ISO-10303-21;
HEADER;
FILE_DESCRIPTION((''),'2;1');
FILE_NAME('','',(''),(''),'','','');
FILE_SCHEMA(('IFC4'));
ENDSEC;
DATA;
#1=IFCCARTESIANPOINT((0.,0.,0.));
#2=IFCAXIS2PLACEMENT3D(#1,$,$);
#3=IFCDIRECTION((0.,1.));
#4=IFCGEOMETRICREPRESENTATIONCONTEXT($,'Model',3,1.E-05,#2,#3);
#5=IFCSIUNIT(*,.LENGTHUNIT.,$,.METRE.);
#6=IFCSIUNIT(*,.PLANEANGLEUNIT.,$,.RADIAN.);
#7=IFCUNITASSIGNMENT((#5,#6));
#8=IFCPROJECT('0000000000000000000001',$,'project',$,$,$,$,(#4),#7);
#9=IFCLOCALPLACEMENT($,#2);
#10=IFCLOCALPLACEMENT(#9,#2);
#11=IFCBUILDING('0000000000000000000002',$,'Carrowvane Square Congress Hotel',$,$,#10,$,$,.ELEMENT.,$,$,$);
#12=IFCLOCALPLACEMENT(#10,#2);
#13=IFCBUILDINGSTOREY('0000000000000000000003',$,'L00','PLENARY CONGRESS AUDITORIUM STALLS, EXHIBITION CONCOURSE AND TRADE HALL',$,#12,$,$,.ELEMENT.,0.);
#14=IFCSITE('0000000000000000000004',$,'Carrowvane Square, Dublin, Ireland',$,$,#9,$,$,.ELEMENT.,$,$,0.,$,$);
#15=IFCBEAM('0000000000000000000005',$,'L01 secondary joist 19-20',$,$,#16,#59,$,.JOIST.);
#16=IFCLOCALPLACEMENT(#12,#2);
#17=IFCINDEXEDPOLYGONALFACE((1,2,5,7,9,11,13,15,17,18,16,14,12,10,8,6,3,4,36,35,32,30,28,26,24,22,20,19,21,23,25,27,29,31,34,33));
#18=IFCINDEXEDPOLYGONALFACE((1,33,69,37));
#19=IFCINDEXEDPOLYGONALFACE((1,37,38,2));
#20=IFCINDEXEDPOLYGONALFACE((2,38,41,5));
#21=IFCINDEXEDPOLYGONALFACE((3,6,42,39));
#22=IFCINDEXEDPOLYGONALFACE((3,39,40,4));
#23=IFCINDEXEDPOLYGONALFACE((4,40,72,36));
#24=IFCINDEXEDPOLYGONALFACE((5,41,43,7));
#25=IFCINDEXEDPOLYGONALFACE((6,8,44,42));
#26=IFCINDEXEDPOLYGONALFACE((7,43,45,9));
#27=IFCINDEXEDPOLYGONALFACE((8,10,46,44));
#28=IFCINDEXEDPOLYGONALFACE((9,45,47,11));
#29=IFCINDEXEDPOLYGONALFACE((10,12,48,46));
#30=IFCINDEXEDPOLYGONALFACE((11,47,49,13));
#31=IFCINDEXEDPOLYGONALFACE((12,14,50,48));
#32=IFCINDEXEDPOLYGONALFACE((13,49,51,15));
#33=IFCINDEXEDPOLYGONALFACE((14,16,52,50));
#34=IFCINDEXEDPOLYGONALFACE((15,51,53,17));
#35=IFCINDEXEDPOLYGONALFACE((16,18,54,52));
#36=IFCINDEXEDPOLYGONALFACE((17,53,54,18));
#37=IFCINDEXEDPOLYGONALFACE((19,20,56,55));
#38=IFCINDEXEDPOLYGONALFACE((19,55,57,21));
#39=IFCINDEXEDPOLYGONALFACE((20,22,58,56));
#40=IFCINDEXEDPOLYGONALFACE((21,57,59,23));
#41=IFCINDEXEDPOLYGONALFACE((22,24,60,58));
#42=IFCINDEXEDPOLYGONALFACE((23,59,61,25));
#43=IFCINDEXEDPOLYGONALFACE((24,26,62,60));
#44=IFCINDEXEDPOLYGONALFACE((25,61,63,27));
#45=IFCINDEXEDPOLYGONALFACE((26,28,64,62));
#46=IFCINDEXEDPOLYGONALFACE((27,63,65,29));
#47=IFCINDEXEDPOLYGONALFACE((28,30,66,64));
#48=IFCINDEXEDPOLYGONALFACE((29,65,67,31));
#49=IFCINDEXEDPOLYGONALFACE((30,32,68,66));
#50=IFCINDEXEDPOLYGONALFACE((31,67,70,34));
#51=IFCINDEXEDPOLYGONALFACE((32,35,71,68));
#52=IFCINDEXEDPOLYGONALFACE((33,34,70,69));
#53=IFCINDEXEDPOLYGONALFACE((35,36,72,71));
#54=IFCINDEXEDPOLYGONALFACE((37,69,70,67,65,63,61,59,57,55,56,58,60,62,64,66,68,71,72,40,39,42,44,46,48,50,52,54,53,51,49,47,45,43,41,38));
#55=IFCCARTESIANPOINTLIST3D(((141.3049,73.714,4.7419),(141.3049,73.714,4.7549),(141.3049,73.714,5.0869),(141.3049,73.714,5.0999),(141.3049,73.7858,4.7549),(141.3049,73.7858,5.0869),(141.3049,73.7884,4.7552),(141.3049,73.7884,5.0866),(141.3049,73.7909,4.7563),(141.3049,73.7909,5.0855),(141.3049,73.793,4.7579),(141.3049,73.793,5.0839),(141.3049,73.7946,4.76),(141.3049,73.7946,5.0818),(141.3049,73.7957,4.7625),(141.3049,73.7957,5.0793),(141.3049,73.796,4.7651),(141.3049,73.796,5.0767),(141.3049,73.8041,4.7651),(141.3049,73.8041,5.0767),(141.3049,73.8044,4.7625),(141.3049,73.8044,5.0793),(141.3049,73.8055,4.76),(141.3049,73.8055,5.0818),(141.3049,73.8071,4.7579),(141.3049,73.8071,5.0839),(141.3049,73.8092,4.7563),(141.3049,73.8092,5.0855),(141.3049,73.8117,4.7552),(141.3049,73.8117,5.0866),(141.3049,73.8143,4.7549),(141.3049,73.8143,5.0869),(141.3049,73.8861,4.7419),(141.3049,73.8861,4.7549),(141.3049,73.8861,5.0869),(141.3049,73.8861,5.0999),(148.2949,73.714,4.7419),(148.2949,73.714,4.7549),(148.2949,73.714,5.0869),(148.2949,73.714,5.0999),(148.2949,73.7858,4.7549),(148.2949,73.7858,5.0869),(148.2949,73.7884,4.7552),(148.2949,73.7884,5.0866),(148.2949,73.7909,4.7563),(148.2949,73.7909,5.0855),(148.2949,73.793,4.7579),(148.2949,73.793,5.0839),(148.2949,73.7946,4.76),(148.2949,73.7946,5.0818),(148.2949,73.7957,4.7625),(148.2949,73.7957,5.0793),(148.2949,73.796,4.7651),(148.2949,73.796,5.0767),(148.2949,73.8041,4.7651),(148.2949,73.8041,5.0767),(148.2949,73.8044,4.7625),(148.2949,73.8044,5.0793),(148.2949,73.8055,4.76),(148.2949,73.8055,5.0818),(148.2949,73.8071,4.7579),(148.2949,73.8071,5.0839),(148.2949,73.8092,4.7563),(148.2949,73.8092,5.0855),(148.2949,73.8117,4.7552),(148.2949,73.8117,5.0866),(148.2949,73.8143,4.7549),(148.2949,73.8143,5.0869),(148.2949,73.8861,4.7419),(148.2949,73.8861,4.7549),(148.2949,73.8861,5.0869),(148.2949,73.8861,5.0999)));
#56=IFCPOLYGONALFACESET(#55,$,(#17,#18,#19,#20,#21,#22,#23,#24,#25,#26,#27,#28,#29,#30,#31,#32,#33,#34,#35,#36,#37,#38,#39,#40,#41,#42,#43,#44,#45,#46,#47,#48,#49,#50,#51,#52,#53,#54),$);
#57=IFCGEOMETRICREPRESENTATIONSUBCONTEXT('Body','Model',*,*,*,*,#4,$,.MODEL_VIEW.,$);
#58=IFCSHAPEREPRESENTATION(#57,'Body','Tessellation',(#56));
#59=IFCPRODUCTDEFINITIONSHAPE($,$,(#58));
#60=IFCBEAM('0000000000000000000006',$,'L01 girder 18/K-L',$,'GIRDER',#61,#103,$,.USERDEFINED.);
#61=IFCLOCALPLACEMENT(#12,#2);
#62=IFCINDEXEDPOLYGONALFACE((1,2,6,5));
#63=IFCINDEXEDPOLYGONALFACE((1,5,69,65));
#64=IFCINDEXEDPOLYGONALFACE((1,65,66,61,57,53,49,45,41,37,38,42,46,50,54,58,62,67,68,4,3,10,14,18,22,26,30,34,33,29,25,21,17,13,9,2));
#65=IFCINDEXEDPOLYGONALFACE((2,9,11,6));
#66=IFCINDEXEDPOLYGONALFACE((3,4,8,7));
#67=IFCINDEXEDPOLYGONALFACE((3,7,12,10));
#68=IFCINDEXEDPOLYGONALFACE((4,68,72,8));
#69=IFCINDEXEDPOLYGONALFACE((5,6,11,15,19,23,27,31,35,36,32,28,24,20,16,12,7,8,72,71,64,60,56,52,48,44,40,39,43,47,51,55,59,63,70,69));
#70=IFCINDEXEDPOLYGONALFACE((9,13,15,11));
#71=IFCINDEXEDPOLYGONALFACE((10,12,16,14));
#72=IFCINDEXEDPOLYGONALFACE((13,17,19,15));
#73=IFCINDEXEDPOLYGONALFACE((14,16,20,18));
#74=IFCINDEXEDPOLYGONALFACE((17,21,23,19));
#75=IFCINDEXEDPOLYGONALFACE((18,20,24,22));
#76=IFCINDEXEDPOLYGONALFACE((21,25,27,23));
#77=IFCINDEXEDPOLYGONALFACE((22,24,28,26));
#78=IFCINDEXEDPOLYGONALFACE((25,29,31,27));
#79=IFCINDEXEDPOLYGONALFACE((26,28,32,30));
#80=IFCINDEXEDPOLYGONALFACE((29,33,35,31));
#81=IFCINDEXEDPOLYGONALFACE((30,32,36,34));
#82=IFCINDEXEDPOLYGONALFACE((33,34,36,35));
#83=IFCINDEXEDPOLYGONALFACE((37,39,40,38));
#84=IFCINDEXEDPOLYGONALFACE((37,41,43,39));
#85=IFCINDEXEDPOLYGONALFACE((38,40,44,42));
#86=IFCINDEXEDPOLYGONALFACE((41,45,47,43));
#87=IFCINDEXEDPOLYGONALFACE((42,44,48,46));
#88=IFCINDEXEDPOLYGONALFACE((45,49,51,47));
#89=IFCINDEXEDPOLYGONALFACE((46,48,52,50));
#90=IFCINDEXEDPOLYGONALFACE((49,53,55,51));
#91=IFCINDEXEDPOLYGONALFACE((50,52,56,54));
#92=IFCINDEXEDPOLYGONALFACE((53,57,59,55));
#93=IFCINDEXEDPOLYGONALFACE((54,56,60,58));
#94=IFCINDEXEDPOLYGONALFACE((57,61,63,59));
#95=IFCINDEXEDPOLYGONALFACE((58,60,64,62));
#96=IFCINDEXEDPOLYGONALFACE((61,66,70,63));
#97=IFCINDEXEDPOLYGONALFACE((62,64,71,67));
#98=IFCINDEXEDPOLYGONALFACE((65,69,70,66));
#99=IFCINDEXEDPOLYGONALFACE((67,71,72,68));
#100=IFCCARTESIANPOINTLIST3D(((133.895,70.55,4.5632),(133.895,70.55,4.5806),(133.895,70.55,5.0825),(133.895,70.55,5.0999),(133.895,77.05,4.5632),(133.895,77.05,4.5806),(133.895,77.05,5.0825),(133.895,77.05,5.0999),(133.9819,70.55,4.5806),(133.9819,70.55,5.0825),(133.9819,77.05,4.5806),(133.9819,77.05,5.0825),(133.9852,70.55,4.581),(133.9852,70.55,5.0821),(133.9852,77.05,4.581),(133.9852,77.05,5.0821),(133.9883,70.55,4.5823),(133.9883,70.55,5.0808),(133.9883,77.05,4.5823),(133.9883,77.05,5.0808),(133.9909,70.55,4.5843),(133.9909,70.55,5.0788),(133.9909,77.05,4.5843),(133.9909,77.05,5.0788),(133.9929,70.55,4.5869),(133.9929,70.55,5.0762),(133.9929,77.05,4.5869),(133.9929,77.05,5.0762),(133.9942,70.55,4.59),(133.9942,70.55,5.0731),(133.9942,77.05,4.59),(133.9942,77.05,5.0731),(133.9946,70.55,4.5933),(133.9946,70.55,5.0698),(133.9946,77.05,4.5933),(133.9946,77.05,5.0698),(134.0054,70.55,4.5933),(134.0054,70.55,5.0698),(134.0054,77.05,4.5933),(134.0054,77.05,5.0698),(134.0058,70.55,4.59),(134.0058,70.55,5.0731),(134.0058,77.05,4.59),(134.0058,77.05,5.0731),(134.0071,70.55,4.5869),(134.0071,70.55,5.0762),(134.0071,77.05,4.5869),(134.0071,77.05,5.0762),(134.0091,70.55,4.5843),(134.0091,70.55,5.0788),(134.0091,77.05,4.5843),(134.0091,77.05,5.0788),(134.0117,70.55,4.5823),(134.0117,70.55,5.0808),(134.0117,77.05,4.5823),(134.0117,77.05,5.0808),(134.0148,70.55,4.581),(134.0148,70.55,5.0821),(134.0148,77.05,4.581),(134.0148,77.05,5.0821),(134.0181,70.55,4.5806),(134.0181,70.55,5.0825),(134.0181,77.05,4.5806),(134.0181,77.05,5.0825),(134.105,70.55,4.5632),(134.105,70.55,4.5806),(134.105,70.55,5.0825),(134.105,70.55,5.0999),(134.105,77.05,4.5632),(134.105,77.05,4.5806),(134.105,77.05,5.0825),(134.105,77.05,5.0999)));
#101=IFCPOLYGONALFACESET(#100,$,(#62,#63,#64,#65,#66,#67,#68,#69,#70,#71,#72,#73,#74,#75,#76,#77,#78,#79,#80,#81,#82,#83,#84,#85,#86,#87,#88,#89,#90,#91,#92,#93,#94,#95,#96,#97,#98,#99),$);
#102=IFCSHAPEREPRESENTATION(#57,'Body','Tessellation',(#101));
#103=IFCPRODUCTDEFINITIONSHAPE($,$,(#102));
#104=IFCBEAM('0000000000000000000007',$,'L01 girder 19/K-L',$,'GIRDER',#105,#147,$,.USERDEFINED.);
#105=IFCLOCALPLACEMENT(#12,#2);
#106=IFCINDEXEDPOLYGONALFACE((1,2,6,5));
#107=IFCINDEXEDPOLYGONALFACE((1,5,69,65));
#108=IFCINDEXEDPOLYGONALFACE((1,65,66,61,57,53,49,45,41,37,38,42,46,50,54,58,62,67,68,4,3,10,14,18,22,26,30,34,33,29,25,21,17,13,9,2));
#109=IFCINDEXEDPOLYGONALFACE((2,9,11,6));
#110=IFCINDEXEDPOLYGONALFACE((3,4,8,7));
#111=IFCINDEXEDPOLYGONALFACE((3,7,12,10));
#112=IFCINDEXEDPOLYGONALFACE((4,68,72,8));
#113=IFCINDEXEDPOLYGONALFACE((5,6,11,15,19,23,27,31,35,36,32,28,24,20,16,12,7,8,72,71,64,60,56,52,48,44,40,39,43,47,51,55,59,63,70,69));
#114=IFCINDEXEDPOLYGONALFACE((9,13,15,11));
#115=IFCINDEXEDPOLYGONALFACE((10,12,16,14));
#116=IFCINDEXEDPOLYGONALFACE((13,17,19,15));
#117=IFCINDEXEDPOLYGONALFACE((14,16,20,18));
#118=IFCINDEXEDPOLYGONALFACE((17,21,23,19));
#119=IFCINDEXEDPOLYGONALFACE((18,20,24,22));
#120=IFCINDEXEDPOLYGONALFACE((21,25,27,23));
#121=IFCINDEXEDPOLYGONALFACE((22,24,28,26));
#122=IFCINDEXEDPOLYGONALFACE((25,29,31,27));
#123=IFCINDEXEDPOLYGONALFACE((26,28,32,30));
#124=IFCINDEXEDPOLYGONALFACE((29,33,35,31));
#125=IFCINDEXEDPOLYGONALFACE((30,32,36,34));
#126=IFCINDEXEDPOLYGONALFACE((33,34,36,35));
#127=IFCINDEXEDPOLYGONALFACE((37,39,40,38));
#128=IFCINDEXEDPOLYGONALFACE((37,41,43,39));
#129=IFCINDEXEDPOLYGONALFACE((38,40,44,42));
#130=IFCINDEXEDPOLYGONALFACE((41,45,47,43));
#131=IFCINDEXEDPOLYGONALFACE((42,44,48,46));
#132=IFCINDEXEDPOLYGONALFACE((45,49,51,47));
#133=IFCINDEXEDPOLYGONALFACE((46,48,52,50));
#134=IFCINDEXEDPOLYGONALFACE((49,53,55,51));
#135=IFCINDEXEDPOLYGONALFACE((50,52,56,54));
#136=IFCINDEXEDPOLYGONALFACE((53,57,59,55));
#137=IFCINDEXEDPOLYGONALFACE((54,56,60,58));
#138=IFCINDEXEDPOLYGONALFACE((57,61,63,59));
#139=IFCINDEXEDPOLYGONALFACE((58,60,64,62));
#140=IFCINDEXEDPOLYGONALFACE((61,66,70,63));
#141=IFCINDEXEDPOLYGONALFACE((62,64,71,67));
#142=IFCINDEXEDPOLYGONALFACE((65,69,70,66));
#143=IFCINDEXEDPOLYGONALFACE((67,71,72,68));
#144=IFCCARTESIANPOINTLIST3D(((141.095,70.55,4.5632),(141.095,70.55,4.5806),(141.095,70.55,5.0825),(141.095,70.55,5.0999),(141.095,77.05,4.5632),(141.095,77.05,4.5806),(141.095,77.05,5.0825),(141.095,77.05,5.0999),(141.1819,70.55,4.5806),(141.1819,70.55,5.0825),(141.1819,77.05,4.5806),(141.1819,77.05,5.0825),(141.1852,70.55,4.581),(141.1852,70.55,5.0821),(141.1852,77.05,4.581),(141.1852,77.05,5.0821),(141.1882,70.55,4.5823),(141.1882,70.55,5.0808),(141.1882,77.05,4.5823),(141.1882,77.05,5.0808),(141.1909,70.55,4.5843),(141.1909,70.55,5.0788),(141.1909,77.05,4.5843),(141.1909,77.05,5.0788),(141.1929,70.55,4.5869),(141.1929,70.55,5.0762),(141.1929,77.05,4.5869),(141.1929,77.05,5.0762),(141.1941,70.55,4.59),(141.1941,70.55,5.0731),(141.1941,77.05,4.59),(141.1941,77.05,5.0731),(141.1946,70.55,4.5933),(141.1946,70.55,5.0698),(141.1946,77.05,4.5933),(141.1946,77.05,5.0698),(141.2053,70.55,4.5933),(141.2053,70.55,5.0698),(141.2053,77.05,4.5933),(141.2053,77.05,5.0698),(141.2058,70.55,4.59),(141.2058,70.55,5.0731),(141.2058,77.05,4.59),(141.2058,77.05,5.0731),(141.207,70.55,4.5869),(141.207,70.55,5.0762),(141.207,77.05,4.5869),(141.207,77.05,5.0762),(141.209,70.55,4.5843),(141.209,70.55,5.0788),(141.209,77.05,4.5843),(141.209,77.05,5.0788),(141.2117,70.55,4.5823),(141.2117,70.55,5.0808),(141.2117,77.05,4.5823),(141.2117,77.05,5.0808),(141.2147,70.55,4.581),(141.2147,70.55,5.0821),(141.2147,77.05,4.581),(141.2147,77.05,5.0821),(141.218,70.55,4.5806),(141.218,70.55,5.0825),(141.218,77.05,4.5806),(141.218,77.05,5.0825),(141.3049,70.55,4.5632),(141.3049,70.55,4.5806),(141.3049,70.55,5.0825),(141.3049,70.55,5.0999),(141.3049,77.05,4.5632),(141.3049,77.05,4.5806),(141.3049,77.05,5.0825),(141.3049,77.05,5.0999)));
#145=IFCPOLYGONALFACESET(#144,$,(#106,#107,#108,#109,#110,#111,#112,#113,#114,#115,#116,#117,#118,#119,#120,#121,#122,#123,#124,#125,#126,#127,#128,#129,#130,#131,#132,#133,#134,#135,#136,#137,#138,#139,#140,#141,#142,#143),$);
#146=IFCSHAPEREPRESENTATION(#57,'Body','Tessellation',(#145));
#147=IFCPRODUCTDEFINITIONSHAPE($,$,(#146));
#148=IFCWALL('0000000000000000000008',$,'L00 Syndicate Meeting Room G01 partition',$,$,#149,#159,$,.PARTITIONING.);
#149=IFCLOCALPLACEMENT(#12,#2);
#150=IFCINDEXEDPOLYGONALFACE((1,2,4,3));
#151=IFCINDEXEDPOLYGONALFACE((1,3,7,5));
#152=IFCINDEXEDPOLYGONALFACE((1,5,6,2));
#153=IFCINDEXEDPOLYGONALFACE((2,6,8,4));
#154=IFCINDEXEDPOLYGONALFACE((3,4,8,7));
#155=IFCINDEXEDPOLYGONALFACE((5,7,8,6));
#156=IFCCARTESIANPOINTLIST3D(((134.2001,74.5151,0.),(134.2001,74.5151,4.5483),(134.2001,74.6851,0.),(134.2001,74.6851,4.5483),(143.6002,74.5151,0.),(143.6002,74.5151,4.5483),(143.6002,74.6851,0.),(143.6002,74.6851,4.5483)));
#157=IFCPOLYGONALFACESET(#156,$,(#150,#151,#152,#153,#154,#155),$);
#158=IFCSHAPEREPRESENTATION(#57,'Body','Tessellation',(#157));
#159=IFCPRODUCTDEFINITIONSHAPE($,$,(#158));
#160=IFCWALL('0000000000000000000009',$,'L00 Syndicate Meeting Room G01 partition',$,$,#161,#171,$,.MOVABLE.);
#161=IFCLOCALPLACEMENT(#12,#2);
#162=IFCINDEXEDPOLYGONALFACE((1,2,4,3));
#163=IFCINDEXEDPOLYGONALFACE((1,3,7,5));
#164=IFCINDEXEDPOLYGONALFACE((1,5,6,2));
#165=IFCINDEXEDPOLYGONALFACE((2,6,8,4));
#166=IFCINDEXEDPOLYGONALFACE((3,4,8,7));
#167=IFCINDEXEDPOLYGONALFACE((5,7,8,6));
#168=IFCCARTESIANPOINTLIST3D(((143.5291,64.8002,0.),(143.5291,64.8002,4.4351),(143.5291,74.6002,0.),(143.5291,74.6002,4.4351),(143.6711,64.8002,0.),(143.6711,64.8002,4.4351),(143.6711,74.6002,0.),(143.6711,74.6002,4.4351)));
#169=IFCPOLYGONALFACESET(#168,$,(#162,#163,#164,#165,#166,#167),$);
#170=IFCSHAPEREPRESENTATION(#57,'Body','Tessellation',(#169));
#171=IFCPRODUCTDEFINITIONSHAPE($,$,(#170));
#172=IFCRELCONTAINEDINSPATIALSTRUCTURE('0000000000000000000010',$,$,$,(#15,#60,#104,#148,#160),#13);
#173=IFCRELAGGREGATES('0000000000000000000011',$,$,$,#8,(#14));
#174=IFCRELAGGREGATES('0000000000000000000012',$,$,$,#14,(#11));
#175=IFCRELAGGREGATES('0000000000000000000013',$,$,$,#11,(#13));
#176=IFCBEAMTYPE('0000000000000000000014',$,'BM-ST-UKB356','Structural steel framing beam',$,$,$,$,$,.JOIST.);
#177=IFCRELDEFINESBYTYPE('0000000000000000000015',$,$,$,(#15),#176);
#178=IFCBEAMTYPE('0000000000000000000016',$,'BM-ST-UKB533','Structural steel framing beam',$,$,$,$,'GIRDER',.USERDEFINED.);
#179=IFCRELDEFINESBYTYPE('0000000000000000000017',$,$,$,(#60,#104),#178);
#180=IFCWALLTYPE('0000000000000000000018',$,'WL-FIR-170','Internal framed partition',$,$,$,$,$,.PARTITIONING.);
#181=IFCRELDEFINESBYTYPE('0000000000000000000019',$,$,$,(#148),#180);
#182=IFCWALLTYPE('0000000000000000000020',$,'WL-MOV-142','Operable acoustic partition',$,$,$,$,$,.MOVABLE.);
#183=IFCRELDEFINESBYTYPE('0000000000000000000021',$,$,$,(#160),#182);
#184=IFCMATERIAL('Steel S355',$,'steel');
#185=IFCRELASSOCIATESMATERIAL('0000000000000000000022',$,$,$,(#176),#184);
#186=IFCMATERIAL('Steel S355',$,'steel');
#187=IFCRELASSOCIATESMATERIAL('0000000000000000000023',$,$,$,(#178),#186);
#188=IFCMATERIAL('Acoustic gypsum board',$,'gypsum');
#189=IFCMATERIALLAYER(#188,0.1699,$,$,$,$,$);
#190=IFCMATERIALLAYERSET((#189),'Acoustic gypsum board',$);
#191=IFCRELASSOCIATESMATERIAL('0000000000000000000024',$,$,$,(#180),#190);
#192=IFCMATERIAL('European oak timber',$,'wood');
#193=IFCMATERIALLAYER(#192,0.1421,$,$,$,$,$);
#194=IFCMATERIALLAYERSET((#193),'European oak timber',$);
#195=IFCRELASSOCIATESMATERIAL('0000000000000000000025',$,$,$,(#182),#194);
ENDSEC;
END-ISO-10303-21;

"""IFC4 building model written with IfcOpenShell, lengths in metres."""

from ifc_helpers import new_model, si_unit, direction, frame, frame_2d, origin, origin_2d, place, context, subcontext, project, spatial, rectangle, i_section, extrude, material, layer, layer_set, material_profile, profile_set, type_object, element, save


model = new_model("IFC4")

# Units and contexts
model_context = context("Model", 3, precision=1e-05, world=origin(), true_north=direction((0.0, 1.0)))
body_context = subcontext(model_context, "Body", "Model", "MODEL_VIEW")
ifc_project = project(units=[si_unit("LENGTHUNIT", "METRE"), si_unit("PLANEANGLEUNIT", "RADIAN")], contexts=[model_context])

# Site, building, storey
site_placement = place(None, origin())
site = spatial("IfcSite", under=ifc_project, at=site_placement, Name="Carrowvane Square, Dublin, Ireland", CompositionType="ELEMENT", RefElevation=0.0)
building_placement = place(site_placement, origin())
building = spatial("IfcBuilding", under=site, at=building_placement, Name="Carrowvane Square Congress Hotel", CompositionType="ELEMENT")
storey_placement = place(building_placement, origin())
storey = spatial("IfcBuildingStorey", under=building, at=storey_placement, Name="L00", Description="PLENARY CONGRESS AUDITORIUM STALLS, EXHIBITION CONCOURSE AND TRADE HALL", CompositionType="ELEMENT", Elevation=0.0)

# Beams
ifc_material_1 = material(Name="Steel S355", Category="steel")
ifc_material_profile_1 = material_profile(ifc_material_1, i_section(OverallWidth=0.1721, OverallDepth=0.3579, WebThickness=0.0081, FlangeThickness=0.0129, FilletRadius=0.0103, at=origin_2d()), Name="UKB 356x171x57")
ifc_profile_set_1 = profile_set([ifc_material_profile_1], Name="Steel S355")
beam_type_1 = type_object("IfcBeamType", Name="BM-ST-UKB356", Description="Structural steel framing beam", PredefinedType="JOIST", material=ifc_profile_set_1)
for number, where, z_axis, x_axis, name in (
    (1, (141.3049, 73.8, 4.9209), (1.0, 0.0, 0.0), (0.0, 1.0, 0.0), "L01 secondary joist 19-20"),
):
    element("IfcBeam", number, at=place(storey_placement, frame(where, z_axis=z_axis, x_axis=x_axis)), inside=storey, type_object=beam_type_1, Name=name, PredefinedType="JOIST", context=body_context, shape_type="SweptSolid", body=[
        extrude(i_section(OverallWidth=0.1721, OverallDepth=0.3579, WebThickness=0.0081, FlangeThickness=0.0129, FilletRadius=0.0103, at=origin_2d()), origin(), (0.0, 0.0, 1.0), 6.99),
    ])
ifc_material_2 = material(Name="Steel S355", Category="steel")
ifc_material_profile_2 = material_profile(ifc_material_2, i_section(OverallWidth=0.21, OverallDepth=0.5366, WebThickness=0.0107, FlangeThickness=0.0173, FilletRadius=0.0127, at=origin_2d()), Name="UKB 533x210x101")
ifc_profile_set_2 = profile_set([ifc_material_profile_2], Name="Steel S355")
beam_type_2 = type_object("IfcBeamType", Name="BM-ST-UKB533", Description="Structural steel framing beam", ElementType="GIRDER", PredefinedType="USERDEFINED", material=ifc_profile_set_2)
for number, where, z_axis, x_axis, name in (
    (2, (134.0, 70.55, 4.8315), (0.0, 1.0, 0.0), (-1.0, 0.0, 0.0), "L01 girder 18/K-L"),
    (3, (141.2, 70.55, 4.8315), (0.0, 1.0, 0.0), (-1.0, 0.0, 0.0), "L01 girder 19/K-L"),
):
    element("IfcBeam", number, at=place(storey_placement, frame(where, z_axis=z_axis, x_axis=x_axis)), inside=storey, type_object=beam_type_2, Name=name, ObjectType="GIRDER", PredefinedType="USERDEFINED", context=body_context, shape_type="SweptSolid", body=[
        extrude(i_section(OverallWidth=0.21, OverallDepth=0.5366, WebThickness=0.0107, FlangeThickness=0.0173, FilletRadius=0.0127, at=origin_2d()), origin(), (0.0, 0.0, 1.0), 6.5),
    ])

# Walls
ifc_material_3 = material(Name="Acoustic gypsum board", Category="gypsum")
ifc_layer_1 = layer(ifc_material_3, 0.1699)
ifc_layer_set_1 = layer_set([ifc_layer_1], Name="Acoustic gypsum board")
wall_type_1 = type_object("IfcWallType", Name="WL-FIR-170", Description="Internal framed partition", PredefinedType="PARTITIONING", material=ifc_layer_set_1)
wall_1_placement = place(storey_placement, frame((134.2, 74.6001, 0.0), z_axis=(0.0, 0.0, 1.0), x_axis=(1.0, 0.0, 0.0)))
element("IfcWall", 4, at=wall_1_placement, inside=storey, type_object=wall_type_1, Name="L00 Syndicate Meeting Room G01 partition", PredefinedType="PARTITIONING", context=body_context, shape_type="SweptSolid", body=[
    extrude(rectangle(XDim=9.4001, YDim=0.1699, at=frame_2d((4.7002, 0.0))), origin(), (0.0, 0.0, 1.0), 4.5483),
])
ifc_material_4 = material(Name="European oak timber", Category="wood")
ifc_layer_2 = layer(ifc_material_4, 0.1421)
ifc_layer_set_2 = layer_set([ifc_layer_2], Name="European oak timber")
wall_type_2 = type_object("IfcWallType", Name="WL-MOV-142", Description="Operable acoustic partition", PredefinedType="MOVABLE", material=ifc_layer_set_2)
wall_2_placement = place(storey_placement, frame((143.6001, 74.6001, 0.0), z_axis=(0.0, 0.0, 1.0), x_axis=(0.0, -1.0, 0.0)))
element("IfcWall", 5, at=wall_2_placement, inside=storey, type_object=wall_type_2, Name="L00 Syndicate Meeting Room G01 partition", PredefinedType="MOVABLE", context=body_context, shape_type="SweptSolid", body=[
    extrude(rectangle(XDim=9.8, YDim=0.1421, at=frame_2d((4.8999, 0.0))), origin(), (0.0, 0.0, 1.0), 4.4351),
])

save(model, "model.ifc")
